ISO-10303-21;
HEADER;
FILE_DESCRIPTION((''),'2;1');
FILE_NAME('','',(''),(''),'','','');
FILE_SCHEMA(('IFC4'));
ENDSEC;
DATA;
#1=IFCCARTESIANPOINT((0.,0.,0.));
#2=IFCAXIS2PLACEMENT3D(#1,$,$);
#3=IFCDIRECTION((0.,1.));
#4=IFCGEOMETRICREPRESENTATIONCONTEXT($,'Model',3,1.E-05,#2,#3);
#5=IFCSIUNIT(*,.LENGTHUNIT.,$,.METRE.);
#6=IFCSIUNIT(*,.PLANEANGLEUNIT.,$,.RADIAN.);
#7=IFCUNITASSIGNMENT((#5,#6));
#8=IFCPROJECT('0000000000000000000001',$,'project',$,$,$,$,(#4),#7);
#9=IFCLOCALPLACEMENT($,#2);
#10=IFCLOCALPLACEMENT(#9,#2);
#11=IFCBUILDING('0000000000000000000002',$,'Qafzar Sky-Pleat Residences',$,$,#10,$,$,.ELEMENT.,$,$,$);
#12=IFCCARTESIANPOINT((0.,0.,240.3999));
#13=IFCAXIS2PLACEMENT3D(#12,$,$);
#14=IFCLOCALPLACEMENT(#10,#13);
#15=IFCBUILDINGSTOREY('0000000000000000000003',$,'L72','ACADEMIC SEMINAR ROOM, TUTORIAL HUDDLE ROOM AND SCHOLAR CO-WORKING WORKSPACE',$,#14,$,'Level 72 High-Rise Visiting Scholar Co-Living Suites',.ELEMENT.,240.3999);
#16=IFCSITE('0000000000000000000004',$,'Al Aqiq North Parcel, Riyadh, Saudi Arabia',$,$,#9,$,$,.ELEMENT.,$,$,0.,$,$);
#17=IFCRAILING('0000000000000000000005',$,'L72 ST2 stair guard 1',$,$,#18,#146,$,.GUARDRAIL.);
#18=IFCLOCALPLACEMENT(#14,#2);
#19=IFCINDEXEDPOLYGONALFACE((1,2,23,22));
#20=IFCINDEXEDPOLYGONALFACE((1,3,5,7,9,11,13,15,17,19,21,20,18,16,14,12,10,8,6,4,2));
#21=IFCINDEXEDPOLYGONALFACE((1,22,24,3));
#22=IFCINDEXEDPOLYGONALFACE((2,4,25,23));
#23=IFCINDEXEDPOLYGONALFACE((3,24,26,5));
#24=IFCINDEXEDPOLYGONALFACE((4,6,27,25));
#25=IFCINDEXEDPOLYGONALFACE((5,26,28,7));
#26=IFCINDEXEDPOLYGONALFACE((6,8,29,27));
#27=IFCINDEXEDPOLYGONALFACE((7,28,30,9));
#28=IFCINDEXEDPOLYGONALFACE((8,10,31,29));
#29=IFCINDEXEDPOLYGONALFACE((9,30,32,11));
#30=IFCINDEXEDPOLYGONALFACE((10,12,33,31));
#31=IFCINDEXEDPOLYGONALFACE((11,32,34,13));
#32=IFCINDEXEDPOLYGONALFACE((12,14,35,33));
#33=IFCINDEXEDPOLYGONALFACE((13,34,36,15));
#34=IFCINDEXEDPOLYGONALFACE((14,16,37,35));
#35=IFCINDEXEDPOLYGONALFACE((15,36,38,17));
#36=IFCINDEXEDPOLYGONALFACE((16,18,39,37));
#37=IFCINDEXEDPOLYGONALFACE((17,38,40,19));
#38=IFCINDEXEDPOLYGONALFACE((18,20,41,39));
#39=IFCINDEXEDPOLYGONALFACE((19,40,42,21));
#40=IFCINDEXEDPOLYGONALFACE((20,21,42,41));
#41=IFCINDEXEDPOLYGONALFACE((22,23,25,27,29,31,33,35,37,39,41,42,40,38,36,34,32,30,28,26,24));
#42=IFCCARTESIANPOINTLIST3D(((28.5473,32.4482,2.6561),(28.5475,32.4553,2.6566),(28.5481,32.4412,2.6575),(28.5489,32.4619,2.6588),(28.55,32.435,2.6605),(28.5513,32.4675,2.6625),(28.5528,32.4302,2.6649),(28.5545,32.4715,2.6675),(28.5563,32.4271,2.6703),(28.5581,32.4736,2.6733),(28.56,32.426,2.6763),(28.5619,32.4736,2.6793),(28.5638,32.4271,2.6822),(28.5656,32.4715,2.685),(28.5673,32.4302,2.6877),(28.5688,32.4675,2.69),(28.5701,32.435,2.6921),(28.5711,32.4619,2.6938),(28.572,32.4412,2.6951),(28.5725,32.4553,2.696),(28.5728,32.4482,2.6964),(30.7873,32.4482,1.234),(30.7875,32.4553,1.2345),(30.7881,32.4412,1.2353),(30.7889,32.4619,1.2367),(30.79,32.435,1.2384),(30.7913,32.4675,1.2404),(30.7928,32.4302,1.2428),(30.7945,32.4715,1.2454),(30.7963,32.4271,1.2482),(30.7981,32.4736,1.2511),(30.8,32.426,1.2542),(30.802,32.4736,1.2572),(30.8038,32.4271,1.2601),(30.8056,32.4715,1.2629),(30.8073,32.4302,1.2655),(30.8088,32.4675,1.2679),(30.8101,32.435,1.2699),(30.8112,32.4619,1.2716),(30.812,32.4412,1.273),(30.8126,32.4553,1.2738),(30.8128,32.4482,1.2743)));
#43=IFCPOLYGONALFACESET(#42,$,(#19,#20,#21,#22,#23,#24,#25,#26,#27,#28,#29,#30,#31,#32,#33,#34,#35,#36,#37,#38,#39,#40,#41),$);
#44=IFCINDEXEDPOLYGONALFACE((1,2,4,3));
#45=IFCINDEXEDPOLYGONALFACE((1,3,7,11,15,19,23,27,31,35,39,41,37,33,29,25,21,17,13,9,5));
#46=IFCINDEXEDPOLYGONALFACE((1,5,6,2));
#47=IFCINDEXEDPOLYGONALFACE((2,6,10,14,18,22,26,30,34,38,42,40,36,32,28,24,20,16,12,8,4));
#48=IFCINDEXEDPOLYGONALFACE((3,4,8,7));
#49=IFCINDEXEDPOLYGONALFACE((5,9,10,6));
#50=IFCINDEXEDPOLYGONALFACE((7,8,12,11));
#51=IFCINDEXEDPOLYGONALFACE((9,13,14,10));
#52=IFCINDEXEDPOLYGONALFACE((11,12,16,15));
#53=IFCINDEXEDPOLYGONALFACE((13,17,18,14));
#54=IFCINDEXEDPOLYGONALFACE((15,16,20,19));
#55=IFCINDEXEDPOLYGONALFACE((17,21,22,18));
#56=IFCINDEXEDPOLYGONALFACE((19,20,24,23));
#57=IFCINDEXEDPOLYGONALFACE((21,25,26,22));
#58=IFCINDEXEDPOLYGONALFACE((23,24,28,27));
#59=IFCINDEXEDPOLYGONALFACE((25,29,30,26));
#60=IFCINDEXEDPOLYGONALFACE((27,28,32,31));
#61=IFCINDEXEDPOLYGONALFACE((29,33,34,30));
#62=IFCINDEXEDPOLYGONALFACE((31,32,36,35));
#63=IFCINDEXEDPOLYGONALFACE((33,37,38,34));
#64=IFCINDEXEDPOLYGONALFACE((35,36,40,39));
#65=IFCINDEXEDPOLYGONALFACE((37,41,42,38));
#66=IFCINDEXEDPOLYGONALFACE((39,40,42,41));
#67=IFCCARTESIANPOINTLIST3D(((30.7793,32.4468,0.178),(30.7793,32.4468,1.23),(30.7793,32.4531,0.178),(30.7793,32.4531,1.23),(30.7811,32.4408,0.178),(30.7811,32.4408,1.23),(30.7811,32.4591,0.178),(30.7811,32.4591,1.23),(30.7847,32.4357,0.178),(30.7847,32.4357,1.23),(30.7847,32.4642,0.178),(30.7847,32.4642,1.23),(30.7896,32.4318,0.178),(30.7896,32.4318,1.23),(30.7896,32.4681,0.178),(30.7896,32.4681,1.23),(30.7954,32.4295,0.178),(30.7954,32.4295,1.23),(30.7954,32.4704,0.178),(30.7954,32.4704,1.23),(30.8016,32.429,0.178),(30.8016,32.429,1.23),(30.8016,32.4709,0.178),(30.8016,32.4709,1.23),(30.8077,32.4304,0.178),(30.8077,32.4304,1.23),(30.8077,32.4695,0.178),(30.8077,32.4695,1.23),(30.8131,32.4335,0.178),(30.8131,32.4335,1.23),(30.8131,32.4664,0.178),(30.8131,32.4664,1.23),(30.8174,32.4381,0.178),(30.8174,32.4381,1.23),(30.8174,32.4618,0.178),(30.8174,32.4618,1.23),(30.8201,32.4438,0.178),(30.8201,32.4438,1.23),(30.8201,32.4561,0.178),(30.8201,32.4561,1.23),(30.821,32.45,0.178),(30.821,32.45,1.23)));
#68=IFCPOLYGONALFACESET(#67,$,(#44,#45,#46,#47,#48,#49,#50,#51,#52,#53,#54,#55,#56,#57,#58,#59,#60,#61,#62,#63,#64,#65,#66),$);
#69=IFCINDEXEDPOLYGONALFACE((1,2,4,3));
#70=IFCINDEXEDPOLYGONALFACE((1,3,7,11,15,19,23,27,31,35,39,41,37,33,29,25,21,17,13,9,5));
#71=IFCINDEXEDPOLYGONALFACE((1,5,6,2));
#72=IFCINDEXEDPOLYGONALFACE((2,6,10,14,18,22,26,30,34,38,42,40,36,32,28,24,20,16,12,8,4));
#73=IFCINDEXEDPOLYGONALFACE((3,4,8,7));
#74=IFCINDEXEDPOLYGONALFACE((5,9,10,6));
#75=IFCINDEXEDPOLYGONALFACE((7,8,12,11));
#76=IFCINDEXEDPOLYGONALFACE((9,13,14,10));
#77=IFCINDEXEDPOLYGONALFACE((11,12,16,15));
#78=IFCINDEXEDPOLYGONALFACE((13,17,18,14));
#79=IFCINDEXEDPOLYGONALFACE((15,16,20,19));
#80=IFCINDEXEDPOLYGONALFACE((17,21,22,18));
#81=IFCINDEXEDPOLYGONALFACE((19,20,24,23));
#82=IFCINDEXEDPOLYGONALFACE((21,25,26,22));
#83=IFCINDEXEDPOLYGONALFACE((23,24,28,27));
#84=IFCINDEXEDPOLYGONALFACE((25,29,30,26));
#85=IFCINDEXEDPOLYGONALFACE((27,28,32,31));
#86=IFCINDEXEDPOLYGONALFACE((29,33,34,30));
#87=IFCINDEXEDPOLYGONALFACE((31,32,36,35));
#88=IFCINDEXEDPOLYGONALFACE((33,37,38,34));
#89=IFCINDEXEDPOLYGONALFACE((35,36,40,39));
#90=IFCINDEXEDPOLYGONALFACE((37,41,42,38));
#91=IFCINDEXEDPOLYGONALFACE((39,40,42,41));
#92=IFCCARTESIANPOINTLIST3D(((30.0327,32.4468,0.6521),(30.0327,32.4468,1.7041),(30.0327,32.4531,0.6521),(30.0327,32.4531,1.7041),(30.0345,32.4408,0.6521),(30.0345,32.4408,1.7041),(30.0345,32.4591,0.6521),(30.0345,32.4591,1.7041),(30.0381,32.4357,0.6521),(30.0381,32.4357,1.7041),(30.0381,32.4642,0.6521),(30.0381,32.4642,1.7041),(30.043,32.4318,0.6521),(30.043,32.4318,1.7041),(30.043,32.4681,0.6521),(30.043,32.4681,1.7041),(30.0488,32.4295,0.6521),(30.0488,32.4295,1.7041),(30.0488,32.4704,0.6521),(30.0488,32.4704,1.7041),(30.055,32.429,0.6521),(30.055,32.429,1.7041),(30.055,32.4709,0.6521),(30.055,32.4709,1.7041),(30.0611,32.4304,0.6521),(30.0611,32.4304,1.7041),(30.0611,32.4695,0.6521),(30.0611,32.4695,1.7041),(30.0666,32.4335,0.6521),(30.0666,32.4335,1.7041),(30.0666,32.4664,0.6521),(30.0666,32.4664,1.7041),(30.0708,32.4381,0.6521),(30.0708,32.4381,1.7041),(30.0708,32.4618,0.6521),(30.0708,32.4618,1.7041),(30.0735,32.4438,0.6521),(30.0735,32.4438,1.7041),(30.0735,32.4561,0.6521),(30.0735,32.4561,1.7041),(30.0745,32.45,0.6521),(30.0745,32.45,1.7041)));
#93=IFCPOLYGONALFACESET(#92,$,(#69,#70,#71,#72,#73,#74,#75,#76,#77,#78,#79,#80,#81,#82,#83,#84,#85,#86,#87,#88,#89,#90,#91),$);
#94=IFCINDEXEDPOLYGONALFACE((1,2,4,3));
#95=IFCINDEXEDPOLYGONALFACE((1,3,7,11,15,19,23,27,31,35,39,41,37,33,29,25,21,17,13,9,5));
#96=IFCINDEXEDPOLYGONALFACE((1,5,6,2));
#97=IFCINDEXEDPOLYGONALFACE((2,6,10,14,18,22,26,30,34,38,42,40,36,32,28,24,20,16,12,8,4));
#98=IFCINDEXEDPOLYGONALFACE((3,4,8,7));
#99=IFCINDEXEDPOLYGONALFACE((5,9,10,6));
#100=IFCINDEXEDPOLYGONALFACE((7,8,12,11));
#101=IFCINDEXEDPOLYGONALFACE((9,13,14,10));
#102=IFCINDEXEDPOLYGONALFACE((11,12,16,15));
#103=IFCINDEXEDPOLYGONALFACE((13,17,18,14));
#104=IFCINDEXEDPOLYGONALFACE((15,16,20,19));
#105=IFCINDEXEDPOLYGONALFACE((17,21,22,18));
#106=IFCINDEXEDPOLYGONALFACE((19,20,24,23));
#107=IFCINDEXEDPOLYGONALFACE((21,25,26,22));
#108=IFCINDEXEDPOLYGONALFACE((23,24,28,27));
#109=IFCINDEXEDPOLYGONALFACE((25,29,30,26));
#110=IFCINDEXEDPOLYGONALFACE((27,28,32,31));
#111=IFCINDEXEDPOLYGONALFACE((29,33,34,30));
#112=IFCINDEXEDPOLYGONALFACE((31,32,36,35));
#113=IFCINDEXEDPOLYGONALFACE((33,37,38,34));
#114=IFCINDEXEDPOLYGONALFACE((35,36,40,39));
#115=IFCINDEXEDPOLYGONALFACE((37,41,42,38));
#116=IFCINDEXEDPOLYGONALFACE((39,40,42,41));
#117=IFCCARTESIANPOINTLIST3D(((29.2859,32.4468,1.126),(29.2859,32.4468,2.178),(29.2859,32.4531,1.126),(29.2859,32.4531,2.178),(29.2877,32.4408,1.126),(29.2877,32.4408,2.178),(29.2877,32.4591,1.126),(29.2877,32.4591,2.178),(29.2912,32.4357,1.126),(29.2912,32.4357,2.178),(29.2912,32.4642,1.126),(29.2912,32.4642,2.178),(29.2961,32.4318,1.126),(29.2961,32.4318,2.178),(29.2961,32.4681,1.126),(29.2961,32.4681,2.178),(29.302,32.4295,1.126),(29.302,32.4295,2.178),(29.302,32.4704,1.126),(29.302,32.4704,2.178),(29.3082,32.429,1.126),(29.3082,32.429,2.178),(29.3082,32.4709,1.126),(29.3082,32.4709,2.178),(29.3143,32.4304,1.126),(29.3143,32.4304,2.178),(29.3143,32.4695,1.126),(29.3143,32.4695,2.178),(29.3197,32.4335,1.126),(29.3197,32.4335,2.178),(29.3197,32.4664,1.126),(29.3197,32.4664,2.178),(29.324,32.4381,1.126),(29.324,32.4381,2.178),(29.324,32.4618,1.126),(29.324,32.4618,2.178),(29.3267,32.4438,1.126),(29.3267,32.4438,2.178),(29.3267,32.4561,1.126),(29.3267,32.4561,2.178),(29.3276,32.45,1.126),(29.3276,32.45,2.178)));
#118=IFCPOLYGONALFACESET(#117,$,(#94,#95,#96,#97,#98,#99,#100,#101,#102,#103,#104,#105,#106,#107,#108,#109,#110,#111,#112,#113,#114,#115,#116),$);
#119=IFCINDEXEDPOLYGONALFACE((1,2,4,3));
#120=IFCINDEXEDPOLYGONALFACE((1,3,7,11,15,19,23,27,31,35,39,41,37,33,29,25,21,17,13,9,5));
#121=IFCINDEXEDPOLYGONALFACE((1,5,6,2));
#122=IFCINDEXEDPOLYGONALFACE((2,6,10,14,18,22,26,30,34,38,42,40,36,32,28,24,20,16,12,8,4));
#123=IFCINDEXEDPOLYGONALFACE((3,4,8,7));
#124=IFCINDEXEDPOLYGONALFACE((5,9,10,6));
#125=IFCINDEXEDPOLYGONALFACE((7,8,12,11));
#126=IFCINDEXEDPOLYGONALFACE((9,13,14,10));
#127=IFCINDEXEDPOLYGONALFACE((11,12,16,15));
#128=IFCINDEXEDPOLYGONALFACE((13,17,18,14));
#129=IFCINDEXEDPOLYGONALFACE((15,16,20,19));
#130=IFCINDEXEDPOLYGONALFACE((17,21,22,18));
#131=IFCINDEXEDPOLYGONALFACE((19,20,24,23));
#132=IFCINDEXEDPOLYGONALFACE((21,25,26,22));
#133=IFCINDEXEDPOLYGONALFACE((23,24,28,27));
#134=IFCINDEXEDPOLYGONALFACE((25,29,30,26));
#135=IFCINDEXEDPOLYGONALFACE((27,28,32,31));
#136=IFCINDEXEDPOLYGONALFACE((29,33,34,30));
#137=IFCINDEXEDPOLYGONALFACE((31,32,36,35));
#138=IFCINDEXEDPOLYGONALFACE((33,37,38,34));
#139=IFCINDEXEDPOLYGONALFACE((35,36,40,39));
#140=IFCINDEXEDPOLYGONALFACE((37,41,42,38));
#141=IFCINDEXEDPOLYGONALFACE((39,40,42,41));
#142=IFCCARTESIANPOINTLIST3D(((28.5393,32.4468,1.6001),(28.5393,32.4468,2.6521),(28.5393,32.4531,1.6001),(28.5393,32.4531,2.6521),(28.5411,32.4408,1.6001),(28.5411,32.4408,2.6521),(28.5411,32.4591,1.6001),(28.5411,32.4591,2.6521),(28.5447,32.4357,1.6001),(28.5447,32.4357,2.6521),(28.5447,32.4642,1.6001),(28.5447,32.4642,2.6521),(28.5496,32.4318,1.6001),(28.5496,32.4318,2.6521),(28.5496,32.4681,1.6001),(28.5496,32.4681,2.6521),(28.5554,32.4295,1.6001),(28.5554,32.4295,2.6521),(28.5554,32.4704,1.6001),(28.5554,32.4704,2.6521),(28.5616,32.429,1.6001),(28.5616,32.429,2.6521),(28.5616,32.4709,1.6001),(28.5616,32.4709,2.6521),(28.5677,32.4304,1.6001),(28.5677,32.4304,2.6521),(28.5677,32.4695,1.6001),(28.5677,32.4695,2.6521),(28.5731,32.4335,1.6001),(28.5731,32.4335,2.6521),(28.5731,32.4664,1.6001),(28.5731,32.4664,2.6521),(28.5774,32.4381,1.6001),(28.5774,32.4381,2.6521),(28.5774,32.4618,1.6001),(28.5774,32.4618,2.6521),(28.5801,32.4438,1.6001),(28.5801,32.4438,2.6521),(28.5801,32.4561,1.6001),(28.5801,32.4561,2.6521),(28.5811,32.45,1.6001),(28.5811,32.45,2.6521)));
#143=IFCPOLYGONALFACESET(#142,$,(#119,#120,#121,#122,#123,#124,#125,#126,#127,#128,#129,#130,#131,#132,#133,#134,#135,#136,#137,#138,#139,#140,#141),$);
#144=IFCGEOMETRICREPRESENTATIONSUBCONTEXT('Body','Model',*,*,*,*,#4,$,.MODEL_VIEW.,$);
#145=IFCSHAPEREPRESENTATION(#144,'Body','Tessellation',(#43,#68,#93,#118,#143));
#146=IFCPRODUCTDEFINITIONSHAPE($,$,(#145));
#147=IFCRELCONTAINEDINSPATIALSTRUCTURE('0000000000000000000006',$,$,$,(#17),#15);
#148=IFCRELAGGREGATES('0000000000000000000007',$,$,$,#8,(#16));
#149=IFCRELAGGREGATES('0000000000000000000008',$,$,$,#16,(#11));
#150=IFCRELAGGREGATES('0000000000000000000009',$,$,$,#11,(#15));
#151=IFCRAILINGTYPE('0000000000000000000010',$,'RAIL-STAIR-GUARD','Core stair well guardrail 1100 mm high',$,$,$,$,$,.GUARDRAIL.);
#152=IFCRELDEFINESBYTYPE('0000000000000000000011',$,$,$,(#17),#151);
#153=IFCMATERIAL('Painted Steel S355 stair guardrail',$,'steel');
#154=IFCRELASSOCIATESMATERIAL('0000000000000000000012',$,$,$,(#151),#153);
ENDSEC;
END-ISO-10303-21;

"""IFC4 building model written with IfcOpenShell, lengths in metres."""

from ifc_helpers import new_model, si_unit, direction, frame, origin, origin_2d, place, context, subcontext, project, spatial, circle, extrude, source, transform, mapped, material, type_object, element, save


model = new_model("IFC4")

# Units and contexts
model_context = context("Model", 3, precision=1e-05, world=origin(), true_north=direction((0.0, 1.0)))
body_context = subcontext(model_context, "Body", "Model", "MODEL_VIEW")
ifc_project = project(units=[si_unit("LENGTHUNIT", "METRE"), si_unit("PLANEANGLEUNIT", "RADIAN")], contexts=[model_context])

# Site, building, storey
site_placement = place(None, origin())
site = spatial("IfcSite", under=ifc_project, at=site_placement, Name="Al Aqiq North Parcel, Riyadh, Saudi Arabia", CompositionType="ELEMENT", RefElevation=0.0)
building_placement = place(site_placement, origin())
building = spatial("IfcBuilding", under=site, at=building_placement, Name="Qafzar Sky-Pleat Residences", CompositionType="ELEMENT")
storey_placement = place(building_placement, frame((0.0, 0.0, 240.3999)))
storey = spatial("IfcBuildingStorey", under=building, at=storey_placement, Name="L72", Description="ACADEMIC SEMINAR ROOM, TUTORIAL HUDDLE ROOM AND SCHOLAR CO-WORKING WORKSPACE", LongName="Level 72 High-Rise Visiting Scholar Co-Living Suites", CompositionType="ELEMENT", Elevation=240.3999)

# Railing
ifc_material_1 = material(Name="Painted Steel S355 stair guardrail", Category="steel")
railing_type_1 = type_object("IfcRailingType", Name="RAIL-STAIR-GUARD", Description="Core stair well guardrail 1100 mm high", PredefinedType="GUARDRAIL", material=ifc_material_1)
shared_shape_1 = source(origin(), body_context, "Body", "SweptSolid", [
    extrude(circle(Radius=0.0239, at=origin_2d()), frame((0.0, 0.0, 1.0762), z_axis=(-0.844229, 0.0, 0.535982), x_axis=(0.0, -1.0, 0.0)), (0.0, 0.0, 1.0), 2.6533),
    extrude(circle(Radius=0.021, at=origin_2d()), origin(), (0.0, 0.0, 1.0), 1.052),
    extrude(circle(Radius=0.021, at=origin_2d()), frame((-0.7466, 0.0, 0.4741)), (0.0, 0.0, 1.0), 1.052),
    extrude(circle(Radius=0.021, at=origin_2d()), frame((-1.4934, 0.0, 0.948)), (0.0, 0.0, 1.0), 1.052),
    extrude(circle(Radius=0.021, at=origin_2d()), frame((-2.24, 0.0, 1.4221)), (0.0, 0.0, 1.0), 1.052),
])
railing_1_placement = place(storey_placement, frame((30.8, 32.45, 0.178)))
element("IfcRailing", 1, at=railing_1_placement, inside=storey, type_object=railing_type_1, Name="L72 ST2 stair guard 1", PredefinedType="GUARDRAIL", context=body_context, shape_type="MappedRepresentation", body=[
    mapped(shared_shape_1, transform((0.0, 0.0, 0.0), x_axis=(1.0, 0.0, 0.0), y_axis=(0.0, 1.0, 0.0), z_axis=(0.0, 0.0, 1.0), scale=1.0)),
])

save(model, "model.ifc")
